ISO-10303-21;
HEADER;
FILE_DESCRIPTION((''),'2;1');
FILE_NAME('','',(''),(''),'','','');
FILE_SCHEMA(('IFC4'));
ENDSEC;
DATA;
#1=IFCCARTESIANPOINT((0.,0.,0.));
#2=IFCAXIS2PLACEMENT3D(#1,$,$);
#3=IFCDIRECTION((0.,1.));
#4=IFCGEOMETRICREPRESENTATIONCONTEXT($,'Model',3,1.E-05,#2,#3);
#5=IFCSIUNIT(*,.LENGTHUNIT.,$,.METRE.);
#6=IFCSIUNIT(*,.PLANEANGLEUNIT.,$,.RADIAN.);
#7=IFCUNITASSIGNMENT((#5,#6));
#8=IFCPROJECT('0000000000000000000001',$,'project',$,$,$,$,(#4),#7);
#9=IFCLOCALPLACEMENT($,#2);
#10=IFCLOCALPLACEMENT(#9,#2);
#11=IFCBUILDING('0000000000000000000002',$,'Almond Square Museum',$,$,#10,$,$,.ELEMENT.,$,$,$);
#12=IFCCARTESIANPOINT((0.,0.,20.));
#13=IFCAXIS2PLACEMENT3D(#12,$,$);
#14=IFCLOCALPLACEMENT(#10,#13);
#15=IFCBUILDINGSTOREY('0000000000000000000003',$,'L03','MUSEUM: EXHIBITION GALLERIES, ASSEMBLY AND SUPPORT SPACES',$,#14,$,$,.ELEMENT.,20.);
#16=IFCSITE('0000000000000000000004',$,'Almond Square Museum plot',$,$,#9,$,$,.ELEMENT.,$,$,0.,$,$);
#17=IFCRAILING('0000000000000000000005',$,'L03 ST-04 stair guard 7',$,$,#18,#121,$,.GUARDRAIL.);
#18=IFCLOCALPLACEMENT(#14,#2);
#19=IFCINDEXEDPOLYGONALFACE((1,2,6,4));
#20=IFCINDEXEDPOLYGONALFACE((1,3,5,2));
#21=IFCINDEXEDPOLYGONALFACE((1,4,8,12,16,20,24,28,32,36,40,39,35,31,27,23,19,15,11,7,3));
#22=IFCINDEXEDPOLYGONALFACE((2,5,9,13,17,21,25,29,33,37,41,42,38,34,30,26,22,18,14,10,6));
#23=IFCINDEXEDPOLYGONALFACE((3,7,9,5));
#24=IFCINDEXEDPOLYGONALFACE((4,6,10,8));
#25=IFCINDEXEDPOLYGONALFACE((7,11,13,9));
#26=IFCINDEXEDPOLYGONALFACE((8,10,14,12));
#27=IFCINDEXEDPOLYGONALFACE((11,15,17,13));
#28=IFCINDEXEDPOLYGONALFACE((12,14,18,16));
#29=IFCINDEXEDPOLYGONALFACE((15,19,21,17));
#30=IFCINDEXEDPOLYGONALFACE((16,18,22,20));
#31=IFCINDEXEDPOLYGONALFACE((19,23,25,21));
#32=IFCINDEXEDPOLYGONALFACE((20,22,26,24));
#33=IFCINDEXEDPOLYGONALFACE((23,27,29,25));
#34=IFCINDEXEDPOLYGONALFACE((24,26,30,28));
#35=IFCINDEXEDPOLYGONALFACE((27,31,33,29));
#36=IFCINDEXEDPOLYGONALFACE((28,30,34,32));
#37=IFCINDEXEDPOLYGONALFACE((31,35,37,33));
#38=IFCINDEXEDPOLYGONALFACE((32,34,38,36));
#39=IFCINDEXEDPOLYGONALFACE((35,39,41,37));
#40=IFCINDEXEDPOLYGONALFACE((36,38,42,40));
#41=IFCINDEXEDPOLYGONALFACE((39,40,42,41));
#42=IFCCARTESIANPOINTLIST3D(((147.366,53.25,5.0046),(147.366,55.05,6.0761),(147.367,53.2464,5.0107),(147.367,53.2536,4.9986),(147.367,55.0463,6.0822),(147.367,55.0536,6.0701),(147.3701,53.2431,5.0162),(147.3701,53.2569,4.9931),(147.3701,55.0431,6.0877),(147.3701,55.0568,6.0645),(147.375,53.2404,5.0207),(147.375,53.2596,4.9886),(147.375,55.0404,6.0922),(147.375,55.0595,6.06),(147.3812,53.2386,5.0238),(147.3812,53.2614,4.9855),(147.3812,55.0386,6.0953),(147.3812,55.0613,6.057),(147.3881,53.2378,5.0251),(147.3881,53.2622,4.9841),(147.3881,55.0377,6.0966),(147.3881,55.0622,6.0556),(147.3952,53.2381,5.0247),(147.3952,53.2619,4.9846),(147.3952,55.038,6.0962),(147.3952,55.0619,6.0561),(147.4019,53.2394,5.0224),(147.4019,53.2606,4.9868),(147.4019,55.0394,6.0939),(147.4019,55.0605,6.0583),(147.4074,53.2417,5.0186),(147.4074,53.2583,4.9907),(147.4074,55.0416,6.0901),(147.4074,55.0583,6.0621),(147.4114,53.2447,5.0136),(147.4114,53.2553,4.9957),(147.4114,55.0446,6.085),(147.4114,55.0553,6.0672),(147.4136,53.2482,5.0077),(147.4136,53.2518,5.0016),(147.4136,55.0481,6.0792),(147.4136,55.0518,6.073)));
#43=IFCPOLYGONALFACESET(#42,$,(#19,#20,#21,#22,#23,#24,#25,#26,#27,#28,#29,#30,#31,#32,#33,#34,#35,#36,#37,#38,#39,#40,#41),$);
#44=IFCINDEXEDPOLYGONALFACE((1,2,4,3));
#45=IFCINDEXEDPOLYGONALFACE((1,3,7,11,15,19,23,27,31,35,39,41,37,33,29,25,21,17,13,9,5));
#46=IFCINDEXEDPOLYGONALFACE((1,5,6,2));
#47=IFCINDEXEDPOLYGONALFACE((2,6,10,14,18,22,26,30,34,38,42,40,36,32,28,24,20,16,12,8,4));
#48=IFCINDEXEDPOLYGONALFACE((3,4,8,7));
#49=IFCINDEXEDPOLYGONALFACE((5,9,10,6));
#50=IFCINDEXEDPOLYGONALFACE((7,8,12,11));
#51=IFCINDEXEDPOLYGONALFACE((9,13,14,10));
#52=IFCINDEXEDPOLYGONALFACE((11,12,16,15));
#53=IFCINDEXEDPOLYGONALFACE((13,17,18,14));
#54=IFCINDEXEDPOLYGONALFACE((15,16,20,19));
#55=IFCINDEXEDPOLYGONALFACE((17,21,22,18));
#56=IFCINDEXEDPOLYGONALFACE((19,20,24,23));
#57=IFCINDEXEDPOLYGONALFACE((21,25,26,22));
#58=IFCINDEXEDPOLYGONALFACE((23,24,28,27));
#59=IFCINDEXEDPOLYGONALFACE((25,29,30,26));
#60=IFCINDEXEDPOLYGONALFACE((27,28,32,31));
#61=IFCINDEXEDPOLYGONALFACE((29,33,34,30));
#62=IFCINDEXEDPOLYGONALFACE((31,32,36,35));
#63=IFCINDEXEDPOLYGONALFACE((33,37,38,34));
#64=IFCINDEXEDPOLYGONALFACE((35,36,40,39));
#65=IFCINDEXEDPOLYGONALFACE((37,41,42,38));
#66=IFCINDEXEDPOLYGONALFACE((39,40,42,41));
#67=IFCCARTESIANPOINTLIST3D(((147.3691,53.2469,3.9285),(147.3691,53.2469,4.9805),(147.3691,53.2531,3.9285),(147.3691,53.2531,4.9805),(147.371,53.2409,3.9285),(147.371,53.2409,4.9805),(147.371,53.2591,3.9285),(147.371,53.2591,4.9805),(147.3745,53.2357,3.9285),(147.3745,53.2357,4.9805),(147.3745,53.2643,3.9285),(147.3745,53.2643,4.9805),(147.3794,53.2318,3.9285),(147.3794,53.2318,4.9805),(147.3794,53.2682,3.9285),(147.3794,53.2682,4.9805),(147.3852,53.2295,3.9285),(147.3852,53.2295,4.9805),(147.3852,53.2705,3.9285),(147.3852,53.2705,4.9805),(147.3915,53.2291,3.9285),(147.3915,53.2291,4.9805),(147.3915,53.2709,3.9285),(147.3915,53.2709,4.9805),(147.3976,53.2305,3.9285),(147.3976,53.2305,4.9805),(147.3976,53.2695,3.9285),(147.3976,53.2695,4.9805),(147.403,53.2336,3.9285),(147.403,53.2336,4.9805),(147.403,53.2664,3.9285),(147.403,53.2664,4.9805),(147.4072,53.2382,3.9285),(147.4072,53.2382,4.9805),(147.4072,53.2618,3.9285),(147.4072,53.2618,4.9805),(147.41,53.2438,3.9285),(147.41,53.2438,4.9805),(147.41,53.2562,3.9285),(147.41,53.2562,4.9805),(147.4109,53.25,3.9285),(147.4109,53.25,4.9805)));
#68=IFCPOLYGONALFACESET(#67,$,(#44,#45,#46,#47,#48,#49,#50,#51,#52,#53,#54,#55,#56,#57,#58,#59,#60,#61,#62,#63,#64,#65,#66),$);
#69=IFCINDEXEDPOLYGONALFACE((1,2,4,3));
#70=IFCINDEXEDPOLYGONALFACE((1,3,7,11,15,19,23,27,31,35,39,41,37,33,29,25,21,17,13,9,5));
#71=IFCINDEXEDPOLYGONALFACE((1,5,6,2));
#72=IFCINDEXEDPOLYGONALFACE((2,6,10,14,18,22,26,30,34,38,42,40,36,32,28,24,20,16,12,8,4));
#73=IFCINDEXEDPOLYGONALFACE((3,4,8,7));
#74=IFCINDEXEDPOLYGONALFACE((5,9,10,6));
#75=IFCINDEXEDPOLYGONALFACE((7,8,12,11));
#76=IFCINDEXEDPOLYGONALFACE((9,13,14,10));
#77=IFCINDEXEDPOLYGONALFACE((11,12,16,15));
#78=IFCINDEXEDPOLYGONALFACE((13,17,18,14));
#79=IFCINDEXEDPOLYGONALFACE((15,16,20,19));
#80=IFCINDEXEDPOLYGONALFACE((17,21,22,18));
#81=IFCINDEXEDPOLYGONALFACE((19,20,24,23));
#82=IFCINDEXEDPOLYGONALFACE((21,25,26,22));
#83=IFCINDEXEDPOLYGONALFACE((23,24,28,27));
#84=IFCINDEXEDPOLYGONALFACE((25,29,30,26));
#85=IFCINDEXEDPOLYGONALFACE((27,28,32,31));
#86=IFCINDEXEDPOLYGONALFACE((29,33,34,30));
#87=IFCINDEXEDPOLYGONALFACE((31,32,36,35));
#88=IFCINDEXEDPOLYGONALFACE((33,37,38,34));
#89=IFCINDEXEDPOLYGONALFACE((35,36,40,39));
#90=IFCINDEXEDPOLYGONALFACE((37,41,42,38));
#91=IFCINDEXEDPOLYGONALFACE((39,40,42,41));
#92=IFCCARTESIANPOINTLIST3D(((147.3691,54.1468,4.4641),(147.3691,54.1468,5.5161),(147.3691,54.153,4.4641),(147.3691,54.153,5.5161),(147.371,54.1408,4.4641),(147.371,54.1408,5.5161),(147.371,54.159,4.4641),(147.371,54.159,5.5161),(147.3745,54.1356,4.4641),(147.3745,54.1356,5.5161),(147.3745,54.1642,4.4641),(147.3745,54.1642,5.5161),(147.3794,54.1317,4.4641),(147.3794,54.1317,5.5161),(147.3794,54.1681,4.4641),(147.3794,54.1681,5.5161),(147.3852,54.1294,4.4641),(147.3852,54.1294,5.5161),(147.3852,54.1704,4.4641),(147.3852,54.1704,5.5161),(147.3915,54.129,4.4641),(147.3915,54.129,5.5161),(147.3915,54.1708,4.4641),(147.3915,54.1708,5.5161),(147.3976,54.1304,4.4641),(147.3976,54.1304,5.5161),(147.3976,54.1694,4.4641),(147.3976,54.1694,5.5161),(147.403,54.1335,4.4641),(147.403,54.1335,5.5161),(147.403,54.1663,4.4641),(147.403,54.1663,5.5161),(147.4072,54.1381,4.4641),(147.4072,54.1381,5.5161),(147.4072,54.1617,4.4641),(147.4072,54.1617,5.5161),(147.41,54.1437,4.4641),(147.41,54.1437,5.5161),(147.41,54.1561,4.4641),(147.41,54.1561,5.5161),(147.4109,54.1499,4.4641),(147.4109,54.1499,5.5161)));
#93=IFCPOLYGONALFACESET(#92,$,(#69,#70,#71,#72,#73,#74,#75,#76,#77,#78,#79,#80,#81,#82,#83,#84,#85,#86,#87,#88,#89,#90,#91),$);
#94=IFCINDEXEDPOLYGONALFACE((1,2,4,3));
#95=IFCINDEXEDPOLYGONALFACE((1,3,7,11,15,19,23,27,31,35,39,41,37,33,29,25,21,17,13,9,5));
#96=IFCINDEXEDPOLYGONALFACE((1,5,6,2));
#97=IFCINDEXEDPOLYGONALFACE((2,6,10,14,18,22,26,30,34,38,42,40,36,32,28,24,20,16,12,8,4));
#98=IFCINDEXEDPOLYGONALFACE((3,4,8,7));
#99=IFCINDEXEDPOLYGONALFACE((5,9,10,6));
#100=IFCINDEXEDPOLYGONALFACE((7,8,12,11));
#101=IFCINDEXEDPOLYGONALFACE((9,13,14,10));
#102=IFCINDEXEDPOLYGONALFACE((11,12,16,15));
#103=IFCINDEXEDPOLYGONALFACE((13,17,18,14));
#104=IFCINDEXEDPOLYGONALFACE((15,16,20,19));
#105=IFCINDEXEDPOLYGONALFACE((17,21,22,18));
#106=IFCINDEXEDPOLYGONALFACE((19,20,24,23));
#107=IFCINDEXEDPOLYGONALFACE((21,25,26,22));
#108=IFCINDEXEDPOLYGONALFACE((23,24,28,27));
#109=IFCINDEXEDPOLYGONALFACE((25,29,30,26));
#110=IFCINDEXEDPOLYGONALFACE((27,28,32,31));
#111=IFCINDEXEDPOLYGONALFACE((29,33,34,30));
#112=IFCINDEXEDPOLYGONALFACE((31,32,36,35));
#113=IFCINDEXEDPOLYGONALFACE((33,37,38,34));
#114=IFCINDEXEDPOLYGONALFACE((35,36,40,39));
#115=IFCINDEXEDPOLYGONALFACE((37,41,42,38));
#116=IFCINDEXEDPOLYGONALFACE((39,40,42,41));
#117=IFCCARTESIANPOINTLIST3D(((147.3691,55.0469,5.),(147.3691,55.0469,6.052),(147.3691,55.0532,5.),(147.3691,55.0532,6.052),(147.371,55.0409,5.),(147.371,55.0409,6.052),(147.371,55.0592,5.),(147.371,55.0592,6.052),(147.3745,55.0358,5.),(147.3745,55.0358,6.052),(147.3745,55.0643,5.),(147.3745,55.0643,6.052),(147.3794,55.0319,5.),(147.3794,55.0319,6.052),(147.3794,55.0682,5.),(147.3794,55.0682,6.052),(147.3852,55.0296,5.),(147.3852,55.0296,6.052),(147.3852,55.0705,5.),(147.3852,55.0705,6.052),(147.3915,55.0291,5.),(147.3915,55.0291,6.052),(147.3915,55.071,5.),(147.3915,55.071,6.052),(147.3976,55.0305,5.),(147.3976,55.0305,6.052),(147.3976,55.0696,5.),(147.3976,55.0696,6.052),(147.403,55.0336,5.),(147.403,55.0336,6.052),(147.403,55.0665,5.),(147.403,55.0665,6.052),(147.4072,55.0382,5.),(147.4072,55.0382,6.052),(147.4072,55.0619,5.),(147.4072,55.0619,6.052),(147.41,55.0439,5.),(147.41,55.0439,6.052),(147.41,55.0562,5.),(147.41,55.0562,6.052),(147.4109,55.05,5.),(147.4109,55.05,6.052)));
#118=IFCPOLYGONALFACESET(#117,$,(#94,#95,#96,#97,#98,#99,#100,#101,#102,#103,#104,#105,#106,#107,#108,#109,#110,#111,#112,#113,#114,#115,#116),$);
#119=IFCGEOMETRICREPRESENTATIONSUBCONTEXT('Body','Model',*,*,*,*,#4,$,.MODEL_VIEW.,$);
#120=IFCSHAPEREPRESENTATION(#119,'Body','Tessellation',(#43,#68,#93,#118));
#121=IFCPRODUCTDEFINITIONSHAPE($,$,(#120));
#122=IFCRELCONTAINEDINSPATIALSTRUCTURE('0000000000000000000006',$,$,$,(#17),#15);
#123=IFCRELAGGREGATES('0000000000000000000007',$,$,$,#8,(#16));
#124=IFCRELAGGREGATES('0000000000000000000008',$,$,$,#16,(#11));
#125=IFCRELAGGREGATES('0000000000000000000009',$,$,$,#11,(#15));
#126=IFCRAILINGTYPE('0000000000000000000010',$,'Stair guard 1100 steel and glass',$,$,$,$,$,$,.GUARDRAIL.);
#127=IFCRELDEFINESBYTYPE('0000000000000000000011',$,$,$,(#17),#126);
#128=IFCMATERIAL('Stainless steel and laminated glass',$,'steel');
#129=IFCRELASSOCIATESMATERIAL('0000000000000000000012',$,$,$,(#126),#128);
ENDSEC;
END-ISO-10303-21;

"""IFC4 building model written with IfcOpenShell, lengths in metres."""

from ifc_helpers import new_model, si_unit, direction, frame, origin, origin_2d, place, context, subcontext, project, spatial, circle, extrude, material, type_object, element, save


model = new_model("IFC4")

# Units and contexts
model_context = context("Model", 3, precision=1e-05, world=origin(), true_north=direction((0.0, 1.0)))
body_context = subcontext(model_context, "Body", "Model", "MODEL_VIEW")
ifc_project = project(units=[si_unit("LENGTHUNIT", "METRE"), si_unit("PLANEANGLEUNIT", "RADIAN")], contexts=[model_context])

# Site, building, storey
site_placement = place(None, origin())
site = spatial("IfcSite", under=ifc_project, at=site_placement, Name="Almond Square Museum plot", CompositionType="ELEMENT", RefElevation=0.0)
building_placement = place(site_placement, origin())
building = spatial("IfcBuilding", under=site, at=building_placement, Name="Almond Square Museum", CompositionType="ELEMENT")
storey_placement = place(building_placement, frame((0.0, 0.0, 20.0)))
storey = spatial("IfcBuildingStorey", under=building, at=storey_placement, Name="L03", Description="MUSEUM: EXHIBITION GALLERIES, ASSEMBLY AND SUPPORT SPACES", CompositionType="ELEMENT", Elevation=20.0)

# Railing
ifc_material_1 = material(Name="Stainless steel and laminated glass", Category="steel")
railing_type_1 = type_object("IfcRailingType", Name="Stair guard 1100 steel and glass", PredefinedType="GUARDRAIL", material=ifc_material_1)
railing_1_placement = place(storey_placement, frame((147.3899, 53.25, 3.9285)))
element("IfcRailing", 1, at=railing_1_placement, inside=storey, type_object=railing_type_1, Name="L03 ST-04 stair guard 7", PredefinedType="GUARDRAIL", context=body_context, shape_type="SweptSolid", body=[
    extrude(circle(Radius=0.0239, at=origin_2d()), frame((0.0, 0.0, 1.0762), z_axis=(0.0, 0.859277, 0.51151), x_axis=(-1.0, 0.0, 0.0)), (0.0, 0.0, 1.0), 2.0947),
    extrude(circle(Radius=0.021, at=origin_2d()), origin(), (0.0, 0.0, 1.0), 1.052),
    extrude(circle(Radius=0.021, at=origin_2d()), frame((0.0, 0.8999, 0.5356)), (0.0, 0.0, 1.0), 1.052),
    extrude(circle(Radius=0.021, at=origin_2d()), frame((0.0, 1.8, 1.0715)), (0.0, 0.0, 1.0), 1.052),
])

save(model, "model.ifc")
